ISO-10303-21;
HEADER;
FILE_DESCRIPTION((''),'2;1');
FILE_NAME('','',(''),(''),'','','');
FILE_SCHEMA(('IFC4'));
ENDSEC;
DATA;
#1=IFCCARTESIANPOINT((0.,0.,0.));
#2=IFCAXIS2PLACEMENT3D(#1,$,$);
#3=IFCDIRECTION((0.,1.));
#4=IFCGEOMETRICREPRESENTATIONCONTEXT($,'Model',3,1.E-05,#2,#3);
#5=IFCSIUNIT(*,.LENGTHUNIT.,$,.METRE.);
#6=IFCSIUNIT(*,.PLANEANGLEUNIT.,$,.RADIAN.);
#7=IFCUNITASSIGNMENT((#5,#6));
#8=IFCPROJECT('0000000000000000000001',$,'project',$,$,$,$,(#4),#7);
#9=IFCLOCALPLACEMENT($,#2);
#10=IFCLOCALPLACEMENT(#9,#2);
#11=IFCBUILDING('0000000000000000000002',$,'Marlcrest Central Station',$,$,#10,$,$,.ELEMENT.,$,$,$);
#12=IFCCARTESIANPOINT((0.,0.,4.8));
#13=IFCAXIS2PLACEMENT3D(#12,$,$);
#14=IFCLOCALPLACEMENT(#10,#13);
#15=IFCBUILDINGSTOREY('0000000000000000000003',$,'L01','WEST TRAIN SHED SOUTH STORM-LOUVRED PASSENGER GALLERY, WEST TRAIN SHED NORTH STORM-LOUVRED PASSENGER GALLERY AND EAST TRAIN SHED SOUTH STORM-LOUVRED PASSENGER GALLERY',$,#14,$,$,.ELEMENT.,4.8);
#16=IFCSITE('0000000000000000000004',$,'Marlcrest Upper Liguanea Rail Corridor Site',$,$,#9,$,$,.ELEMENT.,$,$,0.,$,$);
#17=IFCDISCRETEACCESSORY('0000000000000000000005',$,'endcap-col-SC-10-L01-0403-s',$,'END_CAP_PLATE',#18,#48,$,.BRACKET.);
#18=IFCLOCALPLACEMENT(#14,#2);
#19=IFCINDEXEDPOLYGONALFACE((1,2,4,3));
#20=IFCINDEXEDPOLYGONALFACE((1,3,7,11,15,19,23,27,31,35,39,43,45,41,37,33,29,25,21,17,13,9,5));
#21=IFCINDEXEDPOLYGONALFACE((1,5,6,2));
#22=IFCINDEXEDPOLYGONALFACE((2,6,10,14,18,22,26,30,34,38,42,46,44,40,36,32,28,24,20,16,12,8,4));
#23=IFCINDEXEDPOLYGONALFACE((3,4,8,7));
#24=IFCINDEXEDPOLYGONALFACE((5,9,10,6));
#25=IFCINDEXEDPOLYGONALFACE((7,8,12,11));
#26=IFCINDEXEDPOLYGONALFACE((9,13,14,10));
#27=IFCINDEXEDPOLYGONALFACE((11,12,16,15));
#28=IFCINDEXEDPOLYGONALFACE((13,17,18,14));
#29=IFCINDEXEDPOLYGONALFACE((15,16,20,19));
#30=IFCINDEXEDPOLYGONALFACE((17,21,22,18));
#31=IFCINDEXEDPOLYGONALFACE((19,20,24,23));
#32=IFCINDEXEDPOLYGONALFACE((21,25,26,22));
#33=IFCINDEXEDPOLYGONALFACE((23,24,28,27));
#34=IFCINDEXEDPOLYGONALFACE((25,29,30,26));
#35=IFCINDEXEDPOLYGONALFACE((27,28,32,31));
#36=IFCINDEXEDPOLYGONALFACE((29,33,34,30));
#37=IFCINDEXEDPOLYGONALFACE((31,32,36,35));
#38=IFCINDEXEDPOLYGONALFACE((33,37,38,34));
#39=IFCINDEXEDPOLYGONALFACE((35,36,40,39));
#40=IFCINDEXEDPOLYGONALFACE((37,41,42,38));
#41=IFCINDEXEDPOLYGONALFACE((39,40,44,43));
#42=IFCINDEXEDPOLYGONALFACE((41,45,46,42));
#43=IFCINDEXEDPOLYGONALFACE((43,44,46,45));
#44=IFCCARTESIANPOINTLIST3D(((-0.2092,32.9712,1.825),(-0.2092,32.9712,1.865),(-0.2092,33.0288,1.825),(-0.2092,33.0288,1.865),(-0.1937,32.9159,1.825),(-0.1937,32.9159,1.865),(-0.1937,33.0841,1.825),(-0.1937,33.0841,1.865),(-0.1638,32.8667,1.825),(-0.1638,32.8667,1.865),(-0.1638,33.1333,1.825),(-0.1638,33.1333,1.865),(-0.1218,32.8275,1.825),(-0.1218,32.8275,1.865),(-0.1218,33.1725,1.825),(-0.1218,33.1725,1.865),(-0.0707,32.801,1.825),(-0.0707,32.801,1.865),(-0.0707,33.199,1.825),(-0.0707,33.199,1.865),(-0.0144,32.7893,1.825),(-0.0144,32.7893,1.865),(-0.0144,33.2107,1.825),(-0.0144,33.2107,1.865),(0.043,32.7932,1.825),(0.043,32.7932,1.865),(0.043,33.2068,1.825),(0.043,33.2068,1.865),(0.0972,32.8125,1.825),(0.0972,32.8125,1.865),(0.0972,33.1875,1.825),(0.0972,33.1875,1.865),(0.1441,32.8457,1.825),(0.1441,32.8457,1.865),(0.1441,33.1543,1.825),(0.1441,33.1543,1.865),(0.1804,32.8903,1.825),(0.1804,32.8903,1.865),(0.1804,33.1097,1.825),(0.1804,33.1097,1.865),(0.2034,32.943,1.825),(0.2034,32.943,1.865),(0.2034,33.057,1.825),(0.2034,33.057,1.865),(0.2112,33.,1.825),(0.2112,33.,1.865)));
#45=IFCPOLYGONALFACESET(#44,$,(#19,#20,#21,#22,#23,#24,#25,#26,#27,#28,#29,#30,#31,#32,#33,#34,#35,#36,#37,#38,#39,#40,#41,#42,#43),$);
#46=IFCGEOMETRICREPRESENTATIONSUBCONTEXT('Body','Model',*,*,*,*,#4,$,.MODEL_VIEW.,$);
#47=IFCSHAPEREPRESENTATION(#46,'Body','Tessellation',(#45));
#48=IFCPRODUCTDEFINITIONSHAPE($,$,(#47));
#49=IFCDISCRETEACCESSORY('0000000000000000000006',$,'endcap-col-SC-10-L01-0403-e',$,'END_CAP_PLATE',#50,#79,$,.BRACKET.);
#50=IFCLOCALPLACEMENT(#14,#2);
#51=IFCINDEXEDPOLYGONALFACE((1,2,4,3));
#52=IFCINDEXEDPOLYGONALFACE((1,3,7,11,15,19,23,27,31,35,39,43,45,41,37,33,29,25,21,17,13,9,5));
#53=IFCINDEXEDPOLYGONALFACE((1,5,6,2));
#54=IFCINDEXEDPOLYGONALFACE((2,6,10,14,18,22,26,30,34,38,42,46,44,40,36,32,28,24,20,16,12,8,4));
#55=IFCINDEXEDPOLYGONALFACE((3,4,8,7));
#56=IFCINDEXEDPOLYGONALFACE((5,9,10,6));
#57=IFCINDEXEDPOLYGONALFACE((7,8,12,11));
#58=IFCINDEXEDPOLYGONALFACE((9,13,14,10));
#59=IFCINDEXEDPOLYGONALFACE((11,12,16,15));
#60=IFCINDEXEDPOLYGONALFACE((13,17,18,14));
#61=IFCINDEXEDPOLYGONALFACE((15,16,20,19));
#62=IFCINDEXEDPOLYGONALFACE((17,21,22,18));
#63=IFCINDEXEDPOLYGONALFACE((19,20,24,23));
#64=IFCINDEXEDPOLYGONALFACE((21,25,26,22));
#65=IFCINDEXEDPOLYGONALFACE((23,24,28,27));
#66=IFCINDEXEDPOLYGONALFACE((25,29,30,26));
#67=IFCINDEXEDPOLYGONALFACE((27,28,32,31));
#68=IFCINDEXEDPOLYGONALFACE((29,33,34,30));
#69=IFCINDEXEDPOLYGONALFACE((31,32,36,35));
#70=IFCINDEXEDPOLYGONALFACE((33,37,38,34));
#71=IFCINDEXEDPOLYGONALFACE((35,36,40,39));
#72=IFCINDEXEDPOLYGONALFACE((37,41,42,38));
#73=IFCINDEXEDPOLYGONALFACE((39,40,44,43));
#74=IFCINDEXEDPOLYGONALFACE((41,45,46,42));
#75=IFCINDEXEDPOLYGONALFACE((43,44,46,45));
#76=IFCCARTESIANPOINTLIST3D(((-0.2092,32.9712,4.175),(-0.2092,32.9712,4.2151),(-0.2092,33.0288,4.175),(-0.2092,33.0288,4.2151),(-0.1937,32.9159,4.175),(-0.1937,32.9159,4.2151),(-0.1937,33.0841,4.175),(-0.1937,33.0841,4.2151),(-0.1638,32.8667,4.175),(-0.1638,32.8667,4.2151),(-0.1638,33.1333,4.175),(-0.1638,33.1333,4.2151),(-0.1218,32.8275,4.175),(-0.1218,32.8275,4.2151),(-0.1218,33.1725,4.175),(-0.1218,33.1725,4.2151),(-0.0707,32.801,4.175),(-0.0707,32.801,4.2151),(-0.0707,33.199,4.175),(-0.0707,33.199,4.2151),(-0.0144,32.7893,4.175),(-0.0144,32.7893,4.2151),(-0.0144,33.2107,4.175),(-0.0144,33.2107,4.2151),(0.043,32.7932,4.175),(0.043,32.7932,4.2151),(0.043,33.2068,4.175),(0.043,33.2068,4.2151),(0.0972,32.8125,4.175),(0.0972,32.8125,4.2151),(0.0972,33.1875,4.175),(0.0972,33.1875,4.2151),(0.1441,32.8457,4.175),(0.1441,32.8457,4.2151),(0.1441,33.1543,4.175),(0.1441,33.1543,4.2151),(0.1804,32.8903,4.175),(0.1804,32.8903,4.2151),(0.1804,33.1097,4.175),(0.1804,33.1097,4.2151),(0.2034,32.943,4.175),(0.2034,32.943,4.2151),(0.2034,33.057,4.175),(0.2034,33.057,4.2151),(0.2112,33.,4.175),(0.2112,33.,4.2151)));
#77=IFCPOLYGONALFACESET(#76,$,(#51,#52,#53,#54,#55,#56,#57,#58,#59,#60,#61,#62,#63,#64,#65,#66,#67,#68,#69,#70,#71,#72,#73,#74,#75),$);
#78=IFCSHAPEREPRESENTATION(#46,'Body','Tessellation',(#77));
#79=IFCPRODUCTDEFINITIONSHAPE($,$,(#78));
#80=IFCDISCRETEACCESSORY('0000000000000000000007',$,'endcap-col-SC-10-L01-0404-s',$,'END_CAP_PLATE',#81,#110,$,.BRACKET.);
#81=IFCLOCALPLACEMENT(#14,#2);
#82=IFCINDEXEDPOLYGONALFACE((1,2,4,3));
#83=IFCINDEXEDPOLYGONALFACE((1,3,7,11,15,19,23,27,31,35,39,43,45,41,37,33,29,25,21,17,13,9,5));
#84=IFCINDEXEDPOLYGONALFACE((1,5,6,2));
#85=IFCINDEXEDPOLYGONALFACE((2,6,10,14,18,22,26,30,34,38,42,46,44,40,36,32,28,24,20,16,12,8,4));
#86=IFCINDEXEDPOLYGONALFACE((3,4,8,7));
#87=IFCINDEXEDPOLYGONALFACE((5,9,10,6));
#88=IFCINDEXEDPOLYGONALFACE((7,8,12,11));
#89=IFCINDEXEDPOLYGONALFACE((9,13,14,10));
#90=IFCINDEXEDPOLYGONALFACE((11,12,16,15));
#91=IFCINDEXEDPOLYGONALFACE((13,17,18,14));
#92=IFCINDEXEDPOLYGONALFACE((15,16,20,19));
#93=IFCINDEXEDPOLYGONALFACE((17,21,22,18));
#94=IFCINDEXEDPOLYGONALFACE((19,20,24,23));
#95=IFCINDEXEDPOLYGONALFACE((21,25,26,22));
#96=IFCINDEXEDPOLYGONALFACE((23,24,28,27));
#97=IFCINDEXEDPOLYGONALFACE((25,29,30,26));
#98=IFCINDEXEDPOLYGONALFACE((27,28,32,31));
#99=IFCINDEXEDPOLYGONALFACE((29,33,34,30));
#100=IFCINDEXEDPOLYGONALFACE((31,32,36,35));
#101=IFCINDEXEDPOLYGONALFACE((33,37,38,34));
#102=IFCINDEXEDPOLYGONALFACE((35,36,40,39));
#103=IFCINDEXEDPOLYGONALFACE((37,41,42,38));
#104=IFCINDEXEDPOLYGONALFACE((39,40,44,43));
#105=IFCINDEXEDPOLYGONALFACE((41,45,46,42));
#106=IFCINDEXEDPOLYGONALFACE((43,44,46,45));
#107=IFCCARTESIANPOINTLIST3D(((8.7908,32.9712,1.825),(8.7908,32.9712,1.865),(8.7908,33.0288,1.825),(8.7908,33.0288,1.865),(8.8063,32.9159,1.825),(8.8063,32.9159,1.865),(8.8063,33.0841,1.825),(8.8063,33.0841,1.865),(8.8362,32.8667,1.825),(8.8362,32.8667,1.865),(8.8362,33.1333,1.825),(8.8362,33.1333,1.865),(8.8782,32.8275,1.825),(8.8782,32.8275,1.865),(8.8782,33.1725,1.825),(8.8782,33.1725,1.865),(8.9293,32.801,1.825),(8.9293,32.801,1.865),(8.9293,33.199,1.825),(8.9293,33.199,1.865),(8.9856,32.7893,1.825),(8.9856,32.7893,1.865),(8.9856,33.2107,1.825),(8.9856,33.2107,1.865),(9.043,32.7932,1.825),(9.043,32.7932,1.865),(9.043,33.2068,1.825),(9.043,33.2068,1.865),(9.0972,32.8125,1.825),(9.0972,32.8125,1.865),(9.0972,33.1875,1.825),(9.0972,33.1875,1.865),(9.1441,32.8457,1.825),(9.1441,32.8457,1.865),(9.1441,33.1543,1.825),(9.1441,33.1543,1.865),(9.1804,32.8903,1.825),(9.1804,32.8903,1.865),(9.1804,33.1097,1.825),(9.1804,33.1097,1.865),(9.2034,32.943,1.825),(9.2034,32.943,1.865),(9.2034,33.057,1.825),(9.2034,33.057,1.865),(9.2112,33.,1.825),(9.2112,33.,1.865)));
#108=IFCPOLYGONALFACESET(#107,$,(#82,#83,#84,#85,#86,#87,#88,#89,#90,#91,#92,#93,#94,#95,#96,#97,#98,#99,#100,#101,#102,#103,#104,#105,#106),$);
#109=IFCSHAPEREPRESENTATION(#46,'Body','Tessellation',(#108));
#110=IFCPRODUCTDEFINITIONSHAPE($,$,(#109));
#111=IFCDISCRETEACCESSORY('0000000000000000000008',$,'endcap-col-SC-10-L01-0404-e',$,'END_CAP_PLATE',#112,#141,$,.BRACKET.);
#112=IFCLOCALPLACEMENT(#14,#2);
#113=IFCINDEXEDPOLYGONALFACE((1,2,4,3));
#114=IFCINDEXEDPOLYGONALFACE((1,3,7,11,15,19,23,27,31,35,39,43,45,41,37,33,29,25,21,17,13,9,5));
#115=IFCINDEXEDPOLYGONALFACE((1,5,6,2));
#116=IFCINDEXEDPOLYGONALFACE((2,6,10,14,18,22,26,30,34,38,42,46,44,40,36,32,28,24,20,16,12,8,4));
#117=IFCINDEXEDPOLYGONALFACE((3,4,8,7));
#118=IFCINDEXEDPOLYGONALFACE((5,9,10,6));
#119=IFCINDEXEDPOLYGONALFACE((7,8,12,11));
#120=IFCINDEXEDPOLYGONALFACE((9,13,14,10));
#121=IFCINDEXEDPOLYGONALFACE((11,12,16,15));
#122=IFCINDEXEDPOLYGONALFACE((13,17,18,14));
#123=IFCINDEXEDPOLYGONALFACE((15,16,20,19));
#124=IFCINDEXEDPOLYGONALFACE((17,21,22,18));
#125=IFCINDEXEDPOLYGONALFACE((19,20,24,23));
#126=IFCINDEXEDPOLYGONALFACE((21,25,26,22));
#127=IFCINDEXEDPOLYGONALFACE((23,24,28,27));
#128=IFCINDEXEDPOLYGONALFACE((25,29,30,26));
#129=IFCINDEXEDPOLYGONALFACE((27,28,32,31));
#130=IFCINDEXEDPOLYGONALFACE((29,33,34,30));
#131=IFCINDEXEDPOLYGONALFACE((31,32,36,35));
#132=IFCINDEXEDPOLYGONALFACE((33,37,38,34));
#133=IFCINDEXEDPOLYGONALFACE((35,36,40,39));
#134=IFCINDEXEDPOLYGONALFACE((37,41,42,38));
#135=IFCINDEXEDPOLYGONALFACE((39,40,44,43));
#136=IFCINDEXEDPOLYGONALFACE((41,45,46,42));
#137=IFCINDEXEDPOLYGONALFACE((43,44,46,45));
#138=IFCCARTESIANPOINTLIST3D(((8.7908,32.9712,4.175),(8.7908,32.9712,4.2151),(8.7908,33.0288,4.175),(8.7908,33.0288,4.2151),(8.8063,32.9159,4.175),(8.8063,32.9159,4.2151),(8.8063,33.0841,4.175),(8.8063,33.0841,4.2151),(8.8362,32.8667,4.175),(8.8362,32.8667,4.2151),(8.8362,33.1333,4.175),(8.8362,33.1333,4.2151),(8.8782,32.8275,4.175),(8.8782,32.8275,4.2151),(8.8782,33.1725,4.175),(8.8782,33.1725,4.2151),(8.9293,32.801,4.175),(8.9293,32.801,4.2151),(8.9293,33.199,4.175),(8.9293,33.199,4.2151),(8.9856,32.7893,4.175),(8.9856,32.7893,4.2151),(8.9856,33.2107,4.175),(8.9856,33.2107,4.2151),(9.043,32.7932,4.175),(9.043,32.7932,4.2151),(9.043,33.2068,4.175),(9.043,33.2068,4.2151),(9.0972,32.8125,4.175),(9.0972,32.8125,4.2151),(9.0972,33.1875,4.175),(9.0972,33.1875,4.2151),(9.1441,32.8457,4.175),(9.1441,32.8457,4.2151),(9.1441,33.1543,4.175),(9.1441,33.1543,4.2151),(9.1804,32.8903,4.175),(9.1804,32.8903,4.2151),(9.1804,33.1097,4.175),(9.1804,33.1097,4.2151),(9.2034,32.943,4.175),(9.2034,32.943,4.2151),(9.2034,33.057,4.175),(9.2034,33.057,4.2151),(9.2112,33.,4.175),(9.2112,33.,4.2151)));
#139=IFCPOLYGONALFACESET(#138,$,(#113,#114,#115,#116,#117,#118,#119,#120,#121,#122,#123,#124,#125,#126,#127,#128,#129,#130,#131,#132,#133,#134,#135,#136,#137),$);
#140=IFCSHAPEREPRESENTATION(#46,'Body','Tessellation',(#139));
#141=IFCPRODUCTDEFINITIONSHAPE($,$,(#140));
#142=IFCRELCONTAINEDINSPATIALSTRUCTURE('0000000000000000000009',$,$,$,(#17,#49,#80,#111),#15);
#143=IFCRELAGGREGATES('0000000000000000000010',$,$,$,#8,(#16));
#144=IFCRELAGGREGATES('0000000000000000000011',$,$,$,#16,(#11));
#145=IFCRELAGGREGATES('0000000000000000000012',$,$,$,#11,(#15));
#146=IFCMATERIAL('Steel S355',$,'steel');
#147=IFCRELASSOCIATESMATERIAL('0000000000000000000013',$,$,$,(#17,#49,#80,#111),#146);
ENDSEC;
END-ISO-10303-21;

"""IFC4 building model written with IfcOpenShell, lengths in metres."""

from ifc_helpers import new_model, si_unit, direction, frame, origin, origin_2d, place, context, subcontext, project, spatial, circle, extrude, material, element, save


model = new_model("IFC4")

# Units and contexts
model_context = context("Model", 3, precision=1e-05, world=origin(), true_north=direction((0.0, 1.0)))
body_context = subcontext(model_context, "Body", "Model", "MODEL_VIEW")
ifc_project = project(units=[si_unit("LENGTHUNIT", "METRE"), si_unit("PLANEANGLEUNIT", "RADIAN")], contexts=[model_context])

# Site, building, storey
site_placement = place(None, origin())
site = spatial("IfcSite", under=ifc_project, at=site_placement, Name="Marlcrest Upper Liguanea Rail Corridor Site", CompositionType="ELEMENT", RefElevation=0.0)
building_placement = place(site_placement, origin())
building = spatial("IfcBuilding", under=site, at=building_placement, Name="Marlcrest Central Station", CompositionType="ELEMENT")
storey_placement = place(building_placement, frame((0.0, 0.0, 4.8)))
storey = spatial("IfcBuildingStorey", under=building, at=storey_placement, Name="L01", Description="WEST TRAIN SHED SOUTH STORM-LOUVRED PASSENGER GALLERY, WEST TRAIN SHED NORTH STORM-LOUVRED PASSENGER GALLERY AND EAST TRAIN SHED SOUTH STORM-LOUVRED PASSENGER GALLERY", CompositionType="ELEMENT", Elevation=4.8)

# Shared definitions
ifc_material_1 = material(Name="Steel S355", Category="steel")

# Discrete accessories
for number, where, z_axis, x_axis, name in (
    (1, (0.0, 33.0, 1.825), (0.0, 0.0, 1.0), (1.0, 0.0, 0.0), "endcap-col-SC-10-L01-0403-s"),
    (2, (0.0, 33.0, 4.175), (0.0, 0.0, 1.0), (1.0, 0.0, 0.0), "endcap-col-SC-10-L01-0403-e"),
    (3, (9.0, 33.0, 1.825), (0.0, 0.0, 1.0), (1.0, 0.0, 0.0), "endcap-col-SC-10-L01-0404-s"),
    (4, (9.0, 33.0, 4.175), (0.0, 0.0, 1.0), (1.0, 0.0, 0.0), "endcap-col-SC-10-L01-0404-e"),
):
    element("IfcDiscreteAccessory", number, at=place(storey_placement, frame(where, z_axis=z_axis, x_axis=x_axis)), inside=storey, material=ifc_material_1, Name=name, ObjectType="END_CAP_PLATE", PredefinedType="BRACKET", context=body_context, shape_type="SweptSolid", body=[
        extrude(circle(Radius=0.2112, at=origin_2d()), origin(), (0.0, 0.0, 1.0), 0.04),
    ])

save(model, "model.ifc")
